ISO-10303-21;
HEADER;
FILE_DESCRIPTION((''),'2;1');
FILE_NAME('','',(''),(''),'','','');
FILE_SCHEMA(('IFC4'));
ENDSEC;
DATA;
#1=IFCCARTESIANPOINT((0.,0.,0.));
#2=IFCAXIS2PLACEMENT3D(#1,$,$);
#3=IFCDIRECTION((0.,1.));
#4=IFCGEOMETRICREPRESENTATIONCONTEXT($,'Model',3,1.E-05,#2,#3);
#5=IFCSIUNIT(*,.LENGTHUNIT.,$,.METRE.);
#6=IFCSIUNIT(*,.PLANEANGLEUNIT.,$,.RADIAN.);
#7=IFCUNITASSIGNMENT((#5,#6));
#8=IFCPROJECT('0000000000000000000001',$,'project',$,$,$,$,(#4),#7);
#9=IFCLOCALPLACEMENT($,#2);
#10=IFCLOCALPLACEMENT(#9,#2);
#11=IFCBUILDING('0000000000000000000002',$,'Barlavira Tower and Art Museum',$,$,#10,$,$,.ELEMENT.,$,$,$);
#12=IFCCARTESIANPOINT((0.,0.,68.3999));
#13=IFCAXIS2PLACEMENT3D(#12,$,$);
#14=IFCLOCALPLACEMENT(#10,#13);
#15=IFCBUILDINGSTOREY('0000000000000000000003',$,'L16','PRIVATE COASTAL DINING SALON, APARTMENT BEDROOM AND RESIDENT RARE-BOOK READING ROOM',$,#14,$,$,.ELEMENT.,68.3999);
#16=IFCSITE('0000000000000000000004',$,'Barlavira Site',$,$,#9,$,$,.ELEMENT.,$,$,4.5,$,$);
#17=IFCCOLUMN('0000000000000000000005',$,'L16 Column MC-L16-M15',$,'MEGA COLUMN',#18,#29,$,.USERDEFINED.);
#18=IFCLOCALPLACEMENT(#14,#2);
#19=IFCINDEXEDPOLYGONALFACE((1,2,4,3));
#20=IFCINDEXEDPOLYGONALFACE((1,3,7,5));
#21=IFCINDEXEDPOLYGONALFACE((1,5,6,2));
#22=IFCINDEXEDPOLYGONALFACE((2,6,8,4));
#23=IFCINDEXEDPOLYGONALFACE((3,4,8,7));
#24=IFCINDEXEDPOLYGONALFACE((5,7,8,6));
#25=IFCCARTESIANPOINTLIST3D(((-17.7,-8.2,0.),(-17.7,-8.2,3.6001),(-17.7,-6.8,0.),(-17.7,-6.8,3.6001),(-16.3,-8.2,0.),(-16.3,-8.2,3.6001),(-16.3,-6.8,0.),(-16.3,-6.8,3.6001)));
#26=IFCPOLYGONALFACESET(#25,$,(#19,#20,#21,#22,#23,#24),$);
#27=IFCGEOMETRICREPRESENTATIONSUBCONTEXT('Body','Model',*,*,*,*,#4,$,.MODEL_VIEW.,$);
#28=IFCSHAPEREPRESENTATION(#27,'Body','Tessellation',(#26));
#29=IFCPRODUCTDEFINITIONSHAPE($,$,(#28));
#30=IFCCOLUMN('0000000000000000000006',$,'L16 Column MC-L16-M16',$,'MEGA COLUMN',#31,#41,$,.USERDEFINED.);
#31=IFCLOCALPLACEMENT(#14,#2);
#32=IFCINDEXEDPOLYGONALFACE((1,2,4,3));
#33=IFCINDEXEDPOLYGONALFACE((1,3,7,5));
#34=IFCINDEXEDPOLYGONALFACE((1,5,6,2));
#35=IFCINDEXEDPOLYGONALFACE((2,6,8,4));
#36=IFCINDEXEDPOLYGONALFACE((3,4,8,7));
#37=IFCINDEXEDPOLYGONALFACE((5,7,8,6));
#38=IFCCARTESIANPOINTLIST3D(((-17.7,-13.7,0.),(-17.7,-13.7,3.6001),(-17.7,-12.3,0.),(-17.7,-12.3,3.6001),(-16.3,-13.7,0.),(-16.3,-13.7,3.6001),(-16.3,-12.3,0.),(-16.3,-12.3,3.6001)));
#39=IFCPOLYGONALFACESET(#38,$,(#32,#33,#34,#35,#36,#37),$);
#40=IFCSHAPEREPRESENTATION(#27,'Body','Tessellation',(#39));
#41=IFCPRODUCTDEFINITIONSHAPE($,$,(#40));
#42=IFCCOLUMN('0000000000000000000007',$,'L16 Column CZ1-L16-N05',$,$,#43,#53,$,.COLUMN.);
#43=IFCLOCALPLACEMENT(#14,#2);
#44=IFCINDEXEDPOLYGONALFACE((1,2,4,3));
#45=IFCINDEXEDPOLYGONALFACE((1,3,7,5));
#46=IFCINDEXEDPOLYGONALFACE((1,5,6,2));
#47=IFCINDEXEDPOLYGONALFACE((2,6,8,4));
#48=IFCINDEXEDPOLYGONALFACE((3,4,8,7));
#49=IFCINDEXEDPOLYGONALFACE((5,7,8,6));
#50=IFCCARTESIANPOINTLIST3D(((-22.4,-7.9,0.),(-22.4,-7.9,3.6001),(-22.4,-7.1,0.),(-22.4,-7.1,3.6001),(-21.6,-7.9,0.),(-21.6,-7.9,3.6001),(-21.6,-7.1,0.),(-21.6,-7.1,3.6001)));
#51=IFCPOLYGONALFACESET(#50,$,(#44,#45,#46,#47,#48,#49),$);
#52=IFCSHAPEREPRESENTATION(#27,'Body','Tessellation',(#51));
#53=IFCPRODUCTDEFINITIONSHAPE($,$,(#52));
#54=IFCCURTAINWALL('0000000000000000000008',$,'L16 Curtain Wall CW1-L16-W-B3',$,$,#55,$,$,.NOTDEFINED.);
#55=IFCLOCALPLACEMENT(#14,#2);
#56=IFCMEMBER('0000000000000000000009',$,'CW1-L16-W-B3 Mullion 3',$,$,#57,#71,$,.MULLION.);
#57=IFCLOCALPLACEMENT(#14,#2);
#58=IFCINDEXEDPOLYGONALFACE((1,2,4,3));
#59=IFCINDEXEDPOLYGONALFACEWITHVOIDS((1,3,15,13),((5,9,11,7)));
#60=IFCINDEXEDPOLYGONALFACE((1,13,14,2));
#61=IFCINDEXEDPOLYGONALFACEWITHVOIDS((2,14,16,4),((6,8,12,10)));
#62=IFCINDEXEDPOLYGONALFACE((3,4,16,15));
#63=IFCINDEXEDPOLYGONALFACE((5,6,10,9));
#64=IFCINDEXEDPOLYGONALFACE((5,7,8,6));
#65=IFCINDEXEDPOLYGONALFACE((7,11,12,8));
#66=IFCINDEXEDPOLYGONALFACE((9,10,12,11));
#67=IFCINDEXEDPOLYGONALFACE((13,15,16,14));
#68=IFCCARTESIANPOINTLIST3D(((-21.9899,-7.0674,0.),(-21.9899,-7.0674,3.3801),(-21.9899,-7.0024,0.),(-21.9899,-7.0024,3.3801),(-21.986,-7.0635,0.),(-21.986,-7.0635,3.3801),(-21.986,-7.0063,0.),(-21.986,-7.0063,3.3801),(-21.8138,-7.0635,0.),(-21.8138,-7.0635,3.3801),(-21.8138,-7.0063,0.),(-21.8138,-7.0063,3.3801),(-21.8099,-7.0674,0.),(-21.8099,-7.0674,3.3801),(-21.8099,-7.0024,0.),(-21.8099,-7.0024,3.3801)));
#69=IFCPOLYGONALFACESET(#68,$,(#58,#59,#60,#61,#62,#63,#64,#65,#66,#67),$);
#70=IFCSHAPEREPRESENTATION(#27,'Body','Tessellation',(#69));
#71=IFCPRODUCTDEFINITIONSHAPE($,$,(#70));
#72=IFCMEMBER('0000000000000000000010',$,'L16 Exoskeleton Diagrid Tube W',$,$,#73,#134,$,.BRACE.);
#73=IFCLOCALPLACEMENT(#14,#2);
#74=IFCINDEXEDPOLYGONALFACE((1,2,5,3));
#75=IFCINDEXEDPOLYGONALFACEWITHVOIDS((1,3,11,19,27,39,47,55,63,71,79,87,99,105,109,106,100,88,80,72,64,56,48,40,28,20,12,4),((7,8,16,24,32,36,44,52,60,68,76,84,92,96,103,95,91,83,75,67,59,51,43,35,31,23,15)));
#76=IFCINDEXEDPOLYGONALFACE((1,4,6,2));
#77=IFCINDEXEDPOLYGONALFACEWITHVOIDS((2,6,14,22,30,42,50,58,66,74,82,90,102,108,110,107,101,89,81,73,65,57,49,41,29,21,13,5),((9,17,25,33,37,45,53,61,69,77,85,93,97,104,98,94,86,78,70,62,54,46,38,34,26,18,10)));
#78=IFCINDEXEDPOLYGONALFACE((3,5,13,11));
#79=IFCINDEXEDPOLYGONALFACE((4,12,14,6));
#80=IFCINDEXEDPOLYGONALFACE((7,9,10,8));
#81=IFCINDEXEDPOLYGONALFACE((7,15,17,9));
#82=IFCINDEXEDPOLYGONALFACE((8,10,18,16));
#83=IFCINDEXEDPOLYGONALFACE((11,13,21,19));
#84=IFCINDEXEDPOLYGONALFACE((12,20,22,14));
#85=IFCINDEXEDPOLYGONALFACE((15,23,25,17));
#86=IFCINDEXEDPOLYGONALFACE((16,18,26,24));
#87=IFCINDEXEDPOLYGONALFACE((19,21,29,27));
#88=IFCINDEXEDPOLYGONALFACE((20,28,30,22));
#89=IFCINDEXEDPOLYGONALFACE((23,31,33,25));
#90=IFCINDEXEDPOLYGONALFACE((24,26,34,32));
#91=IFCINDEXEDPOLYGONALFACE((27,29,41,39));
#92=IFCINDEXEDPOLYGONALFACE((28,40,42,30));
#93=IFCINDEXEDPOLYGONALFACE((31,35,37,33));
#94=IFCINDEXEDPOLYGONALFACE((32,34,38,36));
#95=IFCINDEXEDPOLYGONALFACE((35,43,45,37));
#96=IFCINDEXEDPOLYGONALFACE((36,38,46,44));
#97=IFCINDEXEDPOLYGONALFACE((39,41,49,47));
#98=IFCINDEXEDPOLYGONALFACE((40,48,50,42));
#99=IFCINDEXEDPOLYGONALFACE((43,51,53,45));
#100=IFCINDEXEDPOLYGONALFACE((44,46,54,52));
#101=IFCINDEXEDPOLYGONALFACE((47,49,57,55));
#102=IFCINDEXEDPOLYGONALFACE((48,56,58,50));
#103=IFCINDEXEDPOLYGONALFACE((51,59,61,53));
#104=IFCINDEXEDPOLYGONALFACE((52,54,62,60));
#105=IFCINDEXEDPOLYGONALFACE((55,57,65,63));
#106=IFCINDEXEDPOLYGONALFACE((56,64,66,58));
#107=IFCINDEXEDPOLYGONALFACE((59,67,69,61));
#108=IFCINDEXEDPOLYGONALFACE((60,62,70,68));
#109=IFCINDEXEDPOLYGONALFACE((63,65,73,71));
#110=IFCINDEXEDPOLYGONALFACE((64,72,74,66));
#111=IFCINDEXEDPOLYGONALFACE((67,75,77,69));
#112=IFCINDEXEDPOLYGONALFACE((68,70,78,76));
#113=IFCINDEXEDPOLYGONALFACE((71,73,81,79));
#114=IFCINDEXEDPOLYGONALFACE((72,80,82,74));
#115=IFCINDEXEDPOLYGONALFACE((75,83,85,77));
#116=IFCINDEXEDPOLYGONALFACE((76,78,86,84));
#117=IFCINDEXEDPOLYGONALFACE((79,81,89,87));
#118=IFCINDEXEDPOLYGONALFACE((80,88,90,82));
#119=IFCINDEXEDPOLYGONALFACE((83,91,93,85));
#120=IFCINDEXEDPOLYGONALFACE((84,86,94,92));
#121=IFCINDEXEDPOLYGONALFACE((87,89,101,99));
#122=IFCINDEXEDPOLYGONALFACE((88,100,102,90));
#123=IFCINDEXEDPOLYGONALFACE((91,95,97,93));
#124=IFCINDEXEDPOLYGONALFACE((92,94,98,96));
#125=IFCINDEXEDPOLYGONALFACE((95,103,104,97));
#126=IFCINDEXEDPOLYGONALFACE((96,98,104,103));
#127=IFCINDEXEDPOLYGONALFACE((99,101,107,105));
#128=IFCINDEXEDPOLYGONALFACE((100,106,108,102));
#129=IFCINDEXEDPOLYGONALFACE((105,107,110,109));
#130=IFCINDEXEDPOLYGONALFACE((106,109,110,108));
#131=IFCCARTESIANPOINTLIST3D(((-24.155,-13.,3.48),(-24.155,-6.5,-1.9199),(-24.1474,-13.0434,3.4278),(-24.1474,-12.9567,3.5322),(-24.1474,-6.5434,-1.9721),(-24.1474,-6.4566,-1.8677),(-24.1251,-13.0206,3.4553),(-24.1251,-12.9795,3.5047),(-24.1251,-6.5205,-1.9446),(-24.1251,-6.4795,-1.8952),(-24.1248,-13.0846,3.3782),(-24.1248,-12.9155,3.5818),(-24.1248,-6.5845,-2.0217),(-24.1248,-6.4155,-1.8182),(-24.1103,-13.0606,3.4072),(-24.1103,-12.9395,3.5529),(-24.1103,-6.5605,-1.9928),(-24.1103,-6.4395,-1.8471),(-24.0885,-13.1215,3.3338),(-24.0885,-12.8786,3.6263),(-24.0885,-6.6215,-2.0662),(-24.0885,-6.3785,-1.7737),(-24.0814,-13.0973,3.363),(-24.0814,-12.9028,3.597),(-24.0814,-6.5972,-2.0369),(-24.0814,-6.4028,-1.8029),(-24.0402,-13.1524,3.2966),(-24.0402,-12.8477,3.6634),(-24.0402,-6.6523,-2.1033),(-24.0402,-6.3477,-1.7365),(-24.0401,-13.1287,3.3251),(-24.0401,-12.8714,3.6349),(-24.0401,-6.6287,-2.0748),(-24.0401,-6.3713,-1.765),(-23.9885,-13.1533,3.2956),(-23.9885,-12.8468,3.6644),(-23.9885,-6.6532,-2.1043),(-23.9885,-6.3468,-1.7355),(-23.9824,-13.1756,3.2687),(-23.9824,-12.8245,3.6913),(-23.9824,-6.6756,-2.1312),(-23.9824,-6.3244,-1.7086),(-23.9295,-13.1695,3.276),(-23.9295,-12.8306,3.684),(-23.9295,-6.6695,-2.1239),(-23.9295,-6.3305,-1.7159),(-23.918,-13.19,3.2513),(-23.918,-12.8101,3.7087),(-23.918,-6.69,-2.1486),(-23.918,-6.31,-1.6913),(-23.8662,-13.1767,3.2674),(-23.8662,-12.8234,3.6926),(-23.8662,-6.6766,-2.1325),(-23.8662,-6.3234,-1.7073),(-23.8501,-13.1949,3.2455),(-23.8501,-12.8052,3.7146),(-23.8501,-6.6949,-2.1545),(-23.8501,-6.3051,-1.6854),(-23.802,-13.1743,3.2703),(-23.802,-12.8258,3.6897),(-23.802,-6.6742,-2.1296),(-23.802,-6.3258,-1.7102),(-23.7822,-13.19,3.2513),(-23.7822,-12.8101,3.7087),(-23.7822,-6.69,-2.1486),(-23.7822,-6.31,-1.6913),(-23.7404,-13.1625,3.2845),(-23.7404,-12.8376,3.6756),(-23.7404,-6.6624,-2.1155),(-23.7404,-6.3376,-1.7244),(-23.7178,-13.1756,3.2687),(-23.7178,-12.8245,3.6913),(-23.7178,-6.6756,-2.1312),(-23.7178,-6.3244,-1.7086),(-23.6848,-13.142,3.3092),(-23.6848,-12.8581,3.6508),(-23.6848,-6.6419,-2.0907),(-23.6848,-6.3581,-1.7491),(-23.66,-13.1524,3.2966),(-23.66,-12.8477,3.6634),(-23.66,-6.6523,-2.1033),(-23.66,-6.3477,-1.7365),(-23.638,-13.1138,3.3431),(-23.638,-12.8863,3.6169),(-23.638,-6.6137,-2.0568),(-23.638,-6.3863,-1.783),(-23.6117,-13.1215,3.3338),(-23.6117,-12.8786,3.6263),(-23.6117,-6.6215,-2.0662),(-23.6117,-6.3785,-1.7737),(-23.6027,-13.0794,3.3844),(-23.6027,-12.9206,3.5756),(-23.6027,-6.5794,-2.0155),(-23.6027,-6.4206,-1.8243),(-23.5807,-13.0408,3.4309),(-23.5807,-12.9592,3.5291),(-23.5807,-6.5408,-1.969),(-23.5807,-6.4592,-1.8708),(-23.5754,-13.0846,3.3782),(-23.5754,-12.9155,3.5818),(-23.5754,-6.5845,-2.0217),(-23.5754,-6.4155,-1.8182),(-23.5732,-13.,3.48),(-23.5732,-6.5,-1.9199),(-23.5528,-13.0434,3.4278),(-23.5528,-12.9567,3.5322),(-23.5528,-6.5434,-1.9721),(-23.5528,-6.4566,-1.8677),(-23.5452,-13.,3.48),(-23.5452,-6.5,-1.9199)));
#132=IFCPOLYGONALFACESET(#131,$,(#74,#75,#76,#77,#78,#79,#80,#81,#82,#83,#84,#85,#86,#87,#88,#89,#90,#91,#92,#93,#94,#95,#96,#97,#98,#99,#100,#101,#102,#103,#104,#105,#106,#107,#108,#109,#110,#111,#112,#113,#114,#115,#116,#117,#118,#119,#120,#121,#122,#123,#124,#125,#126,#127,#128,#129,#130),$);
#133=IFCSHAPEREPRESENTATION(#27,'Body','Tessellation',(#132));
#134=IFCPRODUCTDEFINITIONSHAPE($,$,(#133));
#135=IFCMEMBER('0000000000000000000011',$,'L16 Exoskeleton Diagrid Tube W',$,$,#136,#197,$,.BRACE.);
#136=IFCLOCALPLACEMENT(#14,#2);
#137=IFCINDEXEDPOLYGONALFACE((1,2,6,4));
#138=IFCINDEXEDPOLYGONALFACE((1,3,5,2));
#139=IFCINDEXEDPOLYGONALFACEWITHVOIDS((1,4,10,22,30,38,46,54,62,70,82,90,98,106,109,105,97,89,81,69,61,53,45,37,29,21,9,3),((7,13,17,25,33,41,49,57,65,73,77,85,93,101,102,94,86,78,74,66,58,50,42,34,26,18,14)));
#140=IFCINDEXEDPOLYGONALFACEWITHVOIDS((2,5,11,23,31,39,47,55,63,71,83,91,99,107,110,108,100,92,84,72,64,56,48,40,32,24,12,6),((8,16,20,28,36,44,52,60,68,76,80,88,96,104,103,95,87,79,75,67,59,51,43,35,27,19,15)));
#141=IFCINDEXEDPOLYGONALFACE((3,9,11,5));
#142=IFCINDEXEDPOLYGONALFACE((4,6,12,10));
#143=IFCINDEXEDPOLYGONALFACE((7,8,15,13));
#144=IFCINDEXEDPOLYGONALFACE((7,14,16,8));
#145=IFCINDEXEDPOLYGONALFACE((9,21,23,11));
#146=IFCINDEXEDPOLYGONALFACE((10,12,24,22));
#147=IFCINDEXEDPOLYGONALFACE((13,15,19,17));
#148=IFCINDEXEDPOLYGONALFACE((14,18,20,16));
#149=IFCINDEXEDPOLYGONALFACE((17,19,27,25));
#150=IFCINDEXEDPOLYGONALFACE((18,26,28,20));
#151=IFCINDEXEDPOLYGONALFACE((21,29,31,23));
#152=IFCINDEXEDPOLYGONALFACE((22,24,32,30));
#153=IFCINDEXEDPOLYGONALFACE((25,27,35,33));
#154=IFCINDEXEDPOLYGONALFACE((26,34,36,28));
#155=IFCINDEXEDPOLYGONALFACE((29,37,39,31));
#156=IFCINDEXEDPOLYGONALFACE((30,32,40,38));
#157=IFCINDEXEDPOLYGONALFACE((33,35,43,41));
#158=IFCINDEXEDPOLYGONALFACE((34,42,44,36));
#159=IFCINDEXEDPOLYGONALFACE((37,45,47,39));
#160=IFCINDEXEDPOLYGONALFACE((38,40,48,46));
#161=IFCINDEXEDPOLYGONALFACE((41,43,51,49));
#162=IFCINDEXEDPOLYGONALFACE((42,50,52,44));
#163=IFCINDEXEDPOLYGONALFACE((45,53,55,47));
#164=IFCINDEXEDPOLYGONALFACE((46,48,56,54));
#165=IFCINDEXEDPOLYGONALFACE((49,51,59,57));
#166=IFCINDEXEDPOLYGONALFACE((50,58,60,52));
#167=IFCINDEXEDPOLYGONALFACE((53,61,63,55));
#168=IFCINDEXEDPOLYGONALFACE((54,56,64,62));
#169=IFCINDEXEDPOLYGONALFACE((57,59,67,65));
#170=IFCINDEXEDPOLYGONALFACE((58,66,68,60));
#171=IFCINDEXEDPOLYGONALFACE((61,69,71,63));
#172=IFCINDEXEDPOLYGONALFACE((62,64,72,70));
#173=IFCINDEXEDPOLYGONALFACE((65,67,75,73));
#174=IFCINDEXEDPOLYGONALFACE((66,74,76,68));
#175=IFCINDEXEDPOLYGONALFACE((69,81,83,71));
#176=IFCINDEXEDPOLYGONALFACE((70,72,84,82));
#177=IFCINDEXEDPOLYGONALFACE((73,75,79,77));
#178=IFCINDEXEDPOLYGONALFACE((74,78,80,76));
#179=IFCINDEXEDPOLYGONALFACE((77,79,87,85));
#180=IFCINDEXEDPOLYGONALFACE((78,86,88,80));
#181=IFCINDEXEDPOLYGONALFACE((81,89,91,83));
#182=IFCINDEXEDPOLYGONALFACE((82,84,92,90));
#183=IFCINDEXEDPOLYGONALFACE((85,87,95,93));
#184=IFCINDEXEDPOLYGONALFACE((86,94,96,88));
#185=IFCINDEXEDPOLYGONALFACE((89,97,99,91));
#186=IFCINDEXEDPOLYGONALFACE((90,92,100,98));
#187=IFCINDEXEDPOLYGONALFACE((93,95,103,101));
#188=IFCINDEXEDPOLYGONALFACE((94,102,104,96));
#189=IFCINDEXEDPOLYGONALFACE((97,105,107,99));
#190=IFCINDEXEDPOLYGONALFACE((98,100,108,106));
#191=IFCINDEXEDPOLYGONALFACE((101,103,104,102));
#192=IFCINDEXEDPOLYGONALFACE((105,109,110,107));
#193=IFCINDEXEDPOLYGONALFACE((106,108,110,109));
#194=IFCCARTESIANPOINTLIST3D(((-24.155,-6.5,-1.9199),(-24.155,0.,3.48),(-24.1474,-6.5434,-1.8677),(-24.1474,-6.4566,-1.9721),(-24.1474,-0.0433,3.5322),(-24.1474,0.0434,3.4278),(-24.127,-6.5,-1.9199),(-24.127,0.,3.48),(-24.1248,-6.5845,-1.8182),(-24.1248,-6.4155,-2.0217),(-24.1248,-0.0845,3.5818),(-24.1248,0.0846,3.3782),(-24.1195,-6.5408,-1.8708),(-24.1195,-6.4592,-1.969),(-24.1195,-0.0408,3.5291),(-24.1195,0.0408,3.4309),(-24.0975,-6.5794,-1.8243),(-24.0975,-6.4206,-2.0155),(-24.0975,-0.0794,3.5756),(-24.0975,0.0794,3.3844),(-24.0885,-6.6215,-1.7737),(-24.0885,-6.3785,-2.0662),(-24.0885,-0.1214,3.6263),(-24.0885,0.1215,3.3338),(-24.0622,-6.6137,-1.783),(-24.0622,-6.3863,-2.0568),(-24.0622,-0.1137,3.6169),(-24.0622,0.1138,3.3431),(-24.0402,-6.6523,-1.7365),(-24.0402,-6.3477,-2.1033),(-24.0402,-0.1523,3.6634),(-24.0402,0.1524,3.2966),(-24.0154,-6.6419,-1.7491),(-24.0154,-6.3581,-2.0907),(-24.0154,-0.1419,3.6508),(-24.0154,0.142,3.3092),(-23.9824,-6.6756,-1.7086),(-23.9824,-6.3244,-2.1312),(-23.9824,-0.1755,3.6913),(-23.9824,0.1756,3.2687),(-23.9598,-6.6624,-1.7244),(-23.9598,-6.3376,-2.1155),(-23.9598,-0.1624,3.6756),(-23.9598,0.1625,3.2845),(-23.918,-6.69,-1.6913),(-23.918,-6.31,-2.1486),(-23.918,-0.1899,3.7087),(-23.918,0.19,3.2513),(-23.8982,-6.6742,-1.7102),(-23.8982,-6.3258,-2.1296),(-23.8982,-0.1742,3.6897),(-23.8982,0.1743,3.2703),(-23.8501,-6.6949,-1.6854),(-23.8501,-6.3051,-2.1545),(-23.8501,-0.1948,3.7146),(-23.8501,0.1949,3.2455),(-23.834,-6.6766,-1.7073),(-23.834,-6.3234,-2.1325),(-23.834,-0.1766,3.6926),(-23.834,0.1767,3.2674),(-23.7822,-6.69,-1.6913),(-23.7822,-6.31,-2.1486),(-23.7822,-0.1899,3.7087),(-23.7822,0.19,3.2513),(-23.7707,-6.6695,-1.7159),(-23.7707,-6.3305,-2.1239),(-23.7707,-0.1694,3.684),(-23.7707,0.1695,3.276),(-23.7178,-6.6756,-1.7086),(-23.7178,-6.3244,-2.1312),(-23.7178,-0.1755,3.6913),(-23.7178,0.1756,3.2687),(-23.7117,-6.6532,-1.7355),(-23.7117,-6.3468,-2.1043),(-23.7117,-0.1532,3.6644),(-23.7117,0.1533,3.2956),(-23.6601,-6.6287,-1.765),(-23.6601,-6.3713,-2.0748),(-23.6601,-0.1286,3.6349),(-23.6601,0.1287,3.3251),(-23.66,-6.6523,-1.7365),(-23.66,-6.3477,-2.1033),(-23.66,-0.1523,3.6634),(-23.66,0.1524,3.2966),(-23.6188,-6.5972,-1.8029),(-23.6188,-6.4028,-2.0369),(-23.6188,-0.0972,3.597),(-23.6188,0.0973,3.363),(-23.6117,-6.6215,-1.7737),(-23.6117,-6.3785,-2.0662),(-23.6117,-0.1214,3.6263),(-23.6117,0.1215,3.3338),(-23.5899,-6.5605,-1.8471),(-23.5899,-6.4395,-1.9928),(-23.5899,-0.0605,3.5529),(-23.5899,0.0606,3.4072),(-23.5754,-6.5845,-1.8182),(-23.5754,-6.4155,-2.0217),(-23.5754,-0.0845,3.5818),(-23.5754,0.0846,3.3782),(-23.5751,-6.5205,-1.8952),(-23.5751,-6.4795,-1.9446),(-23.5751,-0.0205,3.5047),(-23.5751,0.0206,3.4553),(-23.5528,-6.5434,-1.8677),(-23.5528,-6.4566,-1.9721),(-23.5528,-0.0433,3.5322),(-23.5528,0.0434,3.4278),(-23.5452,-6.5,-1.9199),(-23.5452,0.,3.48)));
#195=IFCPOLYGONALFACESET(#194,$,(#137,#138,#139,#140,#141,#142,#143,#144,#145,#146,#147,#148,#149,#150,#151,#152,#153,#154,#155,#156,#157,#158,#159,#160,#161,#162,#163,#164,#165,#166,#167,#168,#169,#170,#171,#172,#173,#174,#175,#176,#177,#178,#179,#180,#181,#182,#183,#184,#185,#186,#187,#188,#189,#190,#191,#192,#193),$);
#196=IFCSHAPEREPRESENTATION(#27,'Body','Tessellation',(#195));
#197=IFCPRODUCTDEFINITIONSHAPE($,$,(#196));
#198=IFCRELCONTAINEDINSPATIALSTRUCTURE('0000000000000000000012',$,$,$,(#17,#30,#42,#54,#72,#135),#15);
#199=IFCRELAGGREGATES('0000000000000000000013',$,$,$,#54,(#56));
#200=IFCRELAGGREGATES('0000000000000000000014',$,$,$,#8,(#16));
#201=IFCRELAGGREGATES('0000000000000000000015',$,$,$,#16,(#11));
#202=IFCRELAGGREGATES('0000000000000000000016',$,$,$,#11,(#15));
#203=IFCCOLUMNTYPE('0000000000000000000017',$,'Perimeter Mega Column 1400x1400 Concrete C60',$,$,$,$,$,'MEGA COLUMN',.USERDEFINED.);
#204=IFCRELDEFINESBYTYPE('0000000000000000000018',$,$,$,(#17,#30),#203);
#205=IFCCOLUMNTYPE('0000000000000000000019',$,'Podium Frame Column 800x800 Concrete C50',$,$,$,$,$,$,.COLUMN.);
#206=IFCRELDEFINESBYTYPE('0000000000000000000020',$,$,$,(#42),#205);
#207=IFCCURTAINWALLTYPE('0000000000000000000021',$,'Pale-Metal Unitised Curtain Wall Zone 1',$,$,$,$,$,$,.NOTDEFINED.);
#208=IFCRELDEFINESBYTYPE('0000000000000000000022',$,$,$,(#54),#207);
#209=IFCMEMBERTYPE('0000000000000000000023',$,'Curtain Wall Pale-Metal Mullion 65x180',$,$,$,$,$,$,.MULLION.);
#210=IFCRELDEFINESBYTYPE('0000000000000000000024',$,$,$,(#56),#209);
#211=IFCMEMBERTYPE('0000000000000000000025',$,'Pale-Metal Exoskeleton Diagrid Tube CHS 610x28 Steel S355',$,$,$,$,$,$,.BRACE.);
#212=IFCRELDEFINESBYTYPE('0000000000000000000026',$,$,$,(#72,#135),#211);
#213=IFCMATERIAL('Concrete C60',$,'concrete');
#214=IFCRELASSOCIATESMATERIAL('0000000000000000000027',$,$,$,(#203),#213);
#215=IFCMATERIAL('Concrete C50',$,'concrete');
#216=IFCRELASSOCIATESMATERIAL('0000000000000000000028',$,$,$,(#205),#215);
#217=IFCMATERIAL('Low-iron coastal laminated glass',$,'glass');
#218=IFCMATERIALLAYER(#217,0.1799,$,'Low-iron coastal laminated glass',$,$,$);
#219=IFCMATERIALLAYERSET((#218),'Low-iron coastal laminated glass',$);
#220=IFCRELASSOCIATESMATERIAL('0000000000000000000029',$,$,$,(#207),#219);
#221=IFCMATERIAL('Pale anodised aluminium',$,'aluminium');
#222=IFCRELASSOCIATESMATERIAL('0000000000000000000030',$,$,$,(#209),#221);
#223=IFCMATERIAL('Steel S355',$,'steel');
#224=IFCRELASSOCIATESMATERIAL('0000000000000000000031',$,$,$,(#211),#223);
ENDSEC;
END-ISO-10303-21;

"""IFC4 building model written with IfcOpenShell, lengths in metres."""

from ifc_helpers import new_model, si_unit, direction, frame, origin, origin_2d, place, context, subcontext, project, spatial, rectangle, hollow_rectangle, hollow_circle, extrude, material, layer, layer_set, material_profile, profile_set, type_object, element, aggregate, save


model = new_model("IFC4")

# Units and contexts
model_context = context("Model", 3, precision=1e-05, world=origin(), true_north=direction((0.0, 1.0)))
body_context = subcontext(model_context, "Body", "Model", "MODEL_VIEW")
ifc_project = project(units=[si_unit("LENGTHUNIT", "METRE"), si_unit("PLANEANGLEUNIT", "RADIAN")], contexts=[model_context])

# Site, building, storey
site_placement = place(None, origin())
site = spatial("IfcSite", under=ifc_project, at=site_placement, Name="Barlavira Site", CompositionType="ELEMENT", RefElevation=4.5)
building_placement = place(site_placement, origin())
building = spatial("IfcBuilding", under=site, at=building_placement, Name="Barlavira Tower and Art Museum", CompositionType="ELEMENT")
storey_placement = place(building_placement, frame((0.0, 0.0, 68.3999)))
storey = spatial("IfcBuildingStorey", under=building, at=storey_placement, Name="L16", Description="PRIVATE COASTAL DINING SALON, APARTMENT BEDROOM AND RESIDENT RARE-BOOK READING ROOM", CompositionType="ELEMENT", Elevation=68.3999)

# Columns
ifc_material_1 = material(Name="Concrete C60", Category="concrete")
ifc_material_profile_1 = material_profile(ifc_material_1, rectangle(XDim=1.3999, YDim=1.3999, at=origin_2d()), Name="RC-MCOL 1400x1400")
ifc_profile_set_1 = profile_set([ifc_material_profile_1], Name="Concrete C60")
column_type_1 = type_object("IfcColumnType", Name="Perimeter Mega Column 1400x1400 Concrete C60", ElementType="MEGA COLUMN", PredefinedType="USERDEFINED", material=ifc_profile_set_1)
for number, where, z_axis, x_axis, name in (
    (1, (-17.0, -7.5, 0.0), (0.0, 0.0, 1.0), (1.0, 0.0, 0.0), "L16 Column MC-L16-M15"),
    (2, (-17.0, -13.0, 0.0), (0.0, 0.0, 1.0), (1.0, 0.0, 0.0), "L16 Column MC-L16-M16"),
):
    element("IfcColumn", number, at=place(storey_placement, frame(where, z_axis=z_axis, x_axis=x_axis)), inside=storey, type_object=column_type_1, Name=name, ObjectType="MEGA COLUMN", PredefinedType="USERDEFINED", context=body_context, shape_type="SweptSolid", body=[
        extrude(rectangle(XDim=1.3999, YDim=1.3999, at=origin_2d()), origin(), (0.0, 0.0, 1.0), 3.6001),
    ])
ifc_material_2 = material(Name="Concrete C50", Category="concrete")
ifc_material_profile_2 = material_profile(ifc_material_2, rectangle(XDim=0.8, YDim=0.8, at=origin_2d()), Name="RC-COL 800x800")
ifc_profile_set_2 = profile_set([ifc_material_profile_2], Name="Concrete C50")
column_type_2 = type_object("IfcColumnType", Name="Podium Frame Column 800x800 Concrete C50", PredefinedType="COLUMN", material=ifc_profile_set_2)
column_placement = place(storey_placement, frame((-22.0, -7.5, 0.0), z_axis=(0.0, 0.0, 1.0), x_axis=(1.0, 0.0, 0.0)))
element("IfcColumn", 3, at=column_placement, inside=storey, type_object=column_type_2, Name="L16 Column CZ1-L16-N05", PredefinedType="COLUMN", context=body_context, shape_type="SweptSolid", body=[
    extrude(rectangle(XDim=0.8, YDim=0.8, at=origin_2d()), origin(), (0.0, 0.0, 1.0), 3.6001),
])

# Curtain wall, member
ifc_material_3 = material(Name="Low-iron coastal laminated glass", Category="glass")
ifc_layer_1 = layer(ifc_material_3, 0.1799, Name="Low-iron coastal laminated glass")
ifc_layer_set_1 = layer_set([ifc_layer_1], Name="Low-iron coastal laminated glass")
curtain_wall_type = type_object("IfcCurtainWallType", Name="Pale-Metal Unitised Curtain Wall Zone 1", PredefinedType="NOTDEFINED", material=ifc_layer_set_1)
curtain_wall_placement = place(storey_placement, origin())
curtain_wall = element("IfcCurtainWall", 4, at=curtain_wall_placement, inside=storey, type_object=curtain_wall_type, Name="L16 Curtain Wall CW1-L16-W-B3", PredefinedType="NOTDEFINED")
ifc_material_4 = material(Name="Pale anodised aluminium", Category="aluminium")
ifc_material_profile_3 = material_profile(ifc_material_4, hollow_rectangle(XDim=0.0649, YDim=0.1799, WallThickness=0.0039, at=origin_2d()), Name="ALU-MULL 65x180x4")
ifc_profile_set_3 = profile_set([ifc_material_profile_3], Name="Pale anodised aluminium")
member_type_1 = type_object("IfcMemberType", Name="Curtain Wall Pale-Metal Mullion 65x180", PredefinedType="MULLION", material=ifc_profile_set_3)
member_placement = place(storey_placement, frame((-21.8999, -7.0349, 0.0), z_axis=(0.0, 0.0, 1.0), x_axis=(0.0, -1.0, 0.0)))
member = element("IfcMember", 5, at=member_placement, type_object=member_type_1, Name="CW1-L16-W-B3 Mullion 3", PredefinedType="MULLION", context=body_context, shape_type="SweptSolid", body=[
    extrude(hollow_rectangle(XDim=0.0649, YDim=0.1799, WallThickness=0.0039, at=origin_2d()), origin(), (0.0, 0.0, 1.0), 3.3801),
])

# Members
ifc_material_5 = material(Name="Steel S355", Category="steel")
ifc_material_profile_4 = material_profile(ifc_material_5, hollow_circle(Radius=0.3049, WallThickness=0.0281, at=origin_2d()), Name="CHS 610.0x28.0")
ifc_profile_set_4 = profile_set([ifc_material_profile_4], Name="Steel S355")
member_type_2 = type_object("IfcMemberType", Name="Pale-Metal Exoskeleton Diagrid Tube CHS 610x28 Steel S355", PredefinedType="BRACE", material=ifc_profile_set_4)
for number, where, z_axis, x_axis, name in (
    (6, (-23.8501, -6.5, -1.9199), (0.0, -0.769196, 0.639013), (1.0, 0.0, 0.0), "L16 Exoskeleton Diagrid Tube W"),
    (7, (-23.8501, -6.5, -1.9199), (0.0, 0.769196, 0.639013), (-1.0, 0.0, 0.0), "L16 Exoskeleton Diagrid Tube W"),
):
    element("IfcMember", number, at=place(storey_placement, frame(where, z_axis=z_axis, x_axis=x_axis)), inside=storey, type_object=member_type_2, Name=name, PredefinedType="BRACE", context=body_context, shape_type="SweptSolid", body=[
        extrude(hollow_circle(Radius=0.3049, WallThickness=0.0281, at=origin_2d()), origin(), (0.0, 0.0, 1.0), 8.4504),
    ])

aggregate(curtain_wall, [member])

save(model, "model.ifc")
